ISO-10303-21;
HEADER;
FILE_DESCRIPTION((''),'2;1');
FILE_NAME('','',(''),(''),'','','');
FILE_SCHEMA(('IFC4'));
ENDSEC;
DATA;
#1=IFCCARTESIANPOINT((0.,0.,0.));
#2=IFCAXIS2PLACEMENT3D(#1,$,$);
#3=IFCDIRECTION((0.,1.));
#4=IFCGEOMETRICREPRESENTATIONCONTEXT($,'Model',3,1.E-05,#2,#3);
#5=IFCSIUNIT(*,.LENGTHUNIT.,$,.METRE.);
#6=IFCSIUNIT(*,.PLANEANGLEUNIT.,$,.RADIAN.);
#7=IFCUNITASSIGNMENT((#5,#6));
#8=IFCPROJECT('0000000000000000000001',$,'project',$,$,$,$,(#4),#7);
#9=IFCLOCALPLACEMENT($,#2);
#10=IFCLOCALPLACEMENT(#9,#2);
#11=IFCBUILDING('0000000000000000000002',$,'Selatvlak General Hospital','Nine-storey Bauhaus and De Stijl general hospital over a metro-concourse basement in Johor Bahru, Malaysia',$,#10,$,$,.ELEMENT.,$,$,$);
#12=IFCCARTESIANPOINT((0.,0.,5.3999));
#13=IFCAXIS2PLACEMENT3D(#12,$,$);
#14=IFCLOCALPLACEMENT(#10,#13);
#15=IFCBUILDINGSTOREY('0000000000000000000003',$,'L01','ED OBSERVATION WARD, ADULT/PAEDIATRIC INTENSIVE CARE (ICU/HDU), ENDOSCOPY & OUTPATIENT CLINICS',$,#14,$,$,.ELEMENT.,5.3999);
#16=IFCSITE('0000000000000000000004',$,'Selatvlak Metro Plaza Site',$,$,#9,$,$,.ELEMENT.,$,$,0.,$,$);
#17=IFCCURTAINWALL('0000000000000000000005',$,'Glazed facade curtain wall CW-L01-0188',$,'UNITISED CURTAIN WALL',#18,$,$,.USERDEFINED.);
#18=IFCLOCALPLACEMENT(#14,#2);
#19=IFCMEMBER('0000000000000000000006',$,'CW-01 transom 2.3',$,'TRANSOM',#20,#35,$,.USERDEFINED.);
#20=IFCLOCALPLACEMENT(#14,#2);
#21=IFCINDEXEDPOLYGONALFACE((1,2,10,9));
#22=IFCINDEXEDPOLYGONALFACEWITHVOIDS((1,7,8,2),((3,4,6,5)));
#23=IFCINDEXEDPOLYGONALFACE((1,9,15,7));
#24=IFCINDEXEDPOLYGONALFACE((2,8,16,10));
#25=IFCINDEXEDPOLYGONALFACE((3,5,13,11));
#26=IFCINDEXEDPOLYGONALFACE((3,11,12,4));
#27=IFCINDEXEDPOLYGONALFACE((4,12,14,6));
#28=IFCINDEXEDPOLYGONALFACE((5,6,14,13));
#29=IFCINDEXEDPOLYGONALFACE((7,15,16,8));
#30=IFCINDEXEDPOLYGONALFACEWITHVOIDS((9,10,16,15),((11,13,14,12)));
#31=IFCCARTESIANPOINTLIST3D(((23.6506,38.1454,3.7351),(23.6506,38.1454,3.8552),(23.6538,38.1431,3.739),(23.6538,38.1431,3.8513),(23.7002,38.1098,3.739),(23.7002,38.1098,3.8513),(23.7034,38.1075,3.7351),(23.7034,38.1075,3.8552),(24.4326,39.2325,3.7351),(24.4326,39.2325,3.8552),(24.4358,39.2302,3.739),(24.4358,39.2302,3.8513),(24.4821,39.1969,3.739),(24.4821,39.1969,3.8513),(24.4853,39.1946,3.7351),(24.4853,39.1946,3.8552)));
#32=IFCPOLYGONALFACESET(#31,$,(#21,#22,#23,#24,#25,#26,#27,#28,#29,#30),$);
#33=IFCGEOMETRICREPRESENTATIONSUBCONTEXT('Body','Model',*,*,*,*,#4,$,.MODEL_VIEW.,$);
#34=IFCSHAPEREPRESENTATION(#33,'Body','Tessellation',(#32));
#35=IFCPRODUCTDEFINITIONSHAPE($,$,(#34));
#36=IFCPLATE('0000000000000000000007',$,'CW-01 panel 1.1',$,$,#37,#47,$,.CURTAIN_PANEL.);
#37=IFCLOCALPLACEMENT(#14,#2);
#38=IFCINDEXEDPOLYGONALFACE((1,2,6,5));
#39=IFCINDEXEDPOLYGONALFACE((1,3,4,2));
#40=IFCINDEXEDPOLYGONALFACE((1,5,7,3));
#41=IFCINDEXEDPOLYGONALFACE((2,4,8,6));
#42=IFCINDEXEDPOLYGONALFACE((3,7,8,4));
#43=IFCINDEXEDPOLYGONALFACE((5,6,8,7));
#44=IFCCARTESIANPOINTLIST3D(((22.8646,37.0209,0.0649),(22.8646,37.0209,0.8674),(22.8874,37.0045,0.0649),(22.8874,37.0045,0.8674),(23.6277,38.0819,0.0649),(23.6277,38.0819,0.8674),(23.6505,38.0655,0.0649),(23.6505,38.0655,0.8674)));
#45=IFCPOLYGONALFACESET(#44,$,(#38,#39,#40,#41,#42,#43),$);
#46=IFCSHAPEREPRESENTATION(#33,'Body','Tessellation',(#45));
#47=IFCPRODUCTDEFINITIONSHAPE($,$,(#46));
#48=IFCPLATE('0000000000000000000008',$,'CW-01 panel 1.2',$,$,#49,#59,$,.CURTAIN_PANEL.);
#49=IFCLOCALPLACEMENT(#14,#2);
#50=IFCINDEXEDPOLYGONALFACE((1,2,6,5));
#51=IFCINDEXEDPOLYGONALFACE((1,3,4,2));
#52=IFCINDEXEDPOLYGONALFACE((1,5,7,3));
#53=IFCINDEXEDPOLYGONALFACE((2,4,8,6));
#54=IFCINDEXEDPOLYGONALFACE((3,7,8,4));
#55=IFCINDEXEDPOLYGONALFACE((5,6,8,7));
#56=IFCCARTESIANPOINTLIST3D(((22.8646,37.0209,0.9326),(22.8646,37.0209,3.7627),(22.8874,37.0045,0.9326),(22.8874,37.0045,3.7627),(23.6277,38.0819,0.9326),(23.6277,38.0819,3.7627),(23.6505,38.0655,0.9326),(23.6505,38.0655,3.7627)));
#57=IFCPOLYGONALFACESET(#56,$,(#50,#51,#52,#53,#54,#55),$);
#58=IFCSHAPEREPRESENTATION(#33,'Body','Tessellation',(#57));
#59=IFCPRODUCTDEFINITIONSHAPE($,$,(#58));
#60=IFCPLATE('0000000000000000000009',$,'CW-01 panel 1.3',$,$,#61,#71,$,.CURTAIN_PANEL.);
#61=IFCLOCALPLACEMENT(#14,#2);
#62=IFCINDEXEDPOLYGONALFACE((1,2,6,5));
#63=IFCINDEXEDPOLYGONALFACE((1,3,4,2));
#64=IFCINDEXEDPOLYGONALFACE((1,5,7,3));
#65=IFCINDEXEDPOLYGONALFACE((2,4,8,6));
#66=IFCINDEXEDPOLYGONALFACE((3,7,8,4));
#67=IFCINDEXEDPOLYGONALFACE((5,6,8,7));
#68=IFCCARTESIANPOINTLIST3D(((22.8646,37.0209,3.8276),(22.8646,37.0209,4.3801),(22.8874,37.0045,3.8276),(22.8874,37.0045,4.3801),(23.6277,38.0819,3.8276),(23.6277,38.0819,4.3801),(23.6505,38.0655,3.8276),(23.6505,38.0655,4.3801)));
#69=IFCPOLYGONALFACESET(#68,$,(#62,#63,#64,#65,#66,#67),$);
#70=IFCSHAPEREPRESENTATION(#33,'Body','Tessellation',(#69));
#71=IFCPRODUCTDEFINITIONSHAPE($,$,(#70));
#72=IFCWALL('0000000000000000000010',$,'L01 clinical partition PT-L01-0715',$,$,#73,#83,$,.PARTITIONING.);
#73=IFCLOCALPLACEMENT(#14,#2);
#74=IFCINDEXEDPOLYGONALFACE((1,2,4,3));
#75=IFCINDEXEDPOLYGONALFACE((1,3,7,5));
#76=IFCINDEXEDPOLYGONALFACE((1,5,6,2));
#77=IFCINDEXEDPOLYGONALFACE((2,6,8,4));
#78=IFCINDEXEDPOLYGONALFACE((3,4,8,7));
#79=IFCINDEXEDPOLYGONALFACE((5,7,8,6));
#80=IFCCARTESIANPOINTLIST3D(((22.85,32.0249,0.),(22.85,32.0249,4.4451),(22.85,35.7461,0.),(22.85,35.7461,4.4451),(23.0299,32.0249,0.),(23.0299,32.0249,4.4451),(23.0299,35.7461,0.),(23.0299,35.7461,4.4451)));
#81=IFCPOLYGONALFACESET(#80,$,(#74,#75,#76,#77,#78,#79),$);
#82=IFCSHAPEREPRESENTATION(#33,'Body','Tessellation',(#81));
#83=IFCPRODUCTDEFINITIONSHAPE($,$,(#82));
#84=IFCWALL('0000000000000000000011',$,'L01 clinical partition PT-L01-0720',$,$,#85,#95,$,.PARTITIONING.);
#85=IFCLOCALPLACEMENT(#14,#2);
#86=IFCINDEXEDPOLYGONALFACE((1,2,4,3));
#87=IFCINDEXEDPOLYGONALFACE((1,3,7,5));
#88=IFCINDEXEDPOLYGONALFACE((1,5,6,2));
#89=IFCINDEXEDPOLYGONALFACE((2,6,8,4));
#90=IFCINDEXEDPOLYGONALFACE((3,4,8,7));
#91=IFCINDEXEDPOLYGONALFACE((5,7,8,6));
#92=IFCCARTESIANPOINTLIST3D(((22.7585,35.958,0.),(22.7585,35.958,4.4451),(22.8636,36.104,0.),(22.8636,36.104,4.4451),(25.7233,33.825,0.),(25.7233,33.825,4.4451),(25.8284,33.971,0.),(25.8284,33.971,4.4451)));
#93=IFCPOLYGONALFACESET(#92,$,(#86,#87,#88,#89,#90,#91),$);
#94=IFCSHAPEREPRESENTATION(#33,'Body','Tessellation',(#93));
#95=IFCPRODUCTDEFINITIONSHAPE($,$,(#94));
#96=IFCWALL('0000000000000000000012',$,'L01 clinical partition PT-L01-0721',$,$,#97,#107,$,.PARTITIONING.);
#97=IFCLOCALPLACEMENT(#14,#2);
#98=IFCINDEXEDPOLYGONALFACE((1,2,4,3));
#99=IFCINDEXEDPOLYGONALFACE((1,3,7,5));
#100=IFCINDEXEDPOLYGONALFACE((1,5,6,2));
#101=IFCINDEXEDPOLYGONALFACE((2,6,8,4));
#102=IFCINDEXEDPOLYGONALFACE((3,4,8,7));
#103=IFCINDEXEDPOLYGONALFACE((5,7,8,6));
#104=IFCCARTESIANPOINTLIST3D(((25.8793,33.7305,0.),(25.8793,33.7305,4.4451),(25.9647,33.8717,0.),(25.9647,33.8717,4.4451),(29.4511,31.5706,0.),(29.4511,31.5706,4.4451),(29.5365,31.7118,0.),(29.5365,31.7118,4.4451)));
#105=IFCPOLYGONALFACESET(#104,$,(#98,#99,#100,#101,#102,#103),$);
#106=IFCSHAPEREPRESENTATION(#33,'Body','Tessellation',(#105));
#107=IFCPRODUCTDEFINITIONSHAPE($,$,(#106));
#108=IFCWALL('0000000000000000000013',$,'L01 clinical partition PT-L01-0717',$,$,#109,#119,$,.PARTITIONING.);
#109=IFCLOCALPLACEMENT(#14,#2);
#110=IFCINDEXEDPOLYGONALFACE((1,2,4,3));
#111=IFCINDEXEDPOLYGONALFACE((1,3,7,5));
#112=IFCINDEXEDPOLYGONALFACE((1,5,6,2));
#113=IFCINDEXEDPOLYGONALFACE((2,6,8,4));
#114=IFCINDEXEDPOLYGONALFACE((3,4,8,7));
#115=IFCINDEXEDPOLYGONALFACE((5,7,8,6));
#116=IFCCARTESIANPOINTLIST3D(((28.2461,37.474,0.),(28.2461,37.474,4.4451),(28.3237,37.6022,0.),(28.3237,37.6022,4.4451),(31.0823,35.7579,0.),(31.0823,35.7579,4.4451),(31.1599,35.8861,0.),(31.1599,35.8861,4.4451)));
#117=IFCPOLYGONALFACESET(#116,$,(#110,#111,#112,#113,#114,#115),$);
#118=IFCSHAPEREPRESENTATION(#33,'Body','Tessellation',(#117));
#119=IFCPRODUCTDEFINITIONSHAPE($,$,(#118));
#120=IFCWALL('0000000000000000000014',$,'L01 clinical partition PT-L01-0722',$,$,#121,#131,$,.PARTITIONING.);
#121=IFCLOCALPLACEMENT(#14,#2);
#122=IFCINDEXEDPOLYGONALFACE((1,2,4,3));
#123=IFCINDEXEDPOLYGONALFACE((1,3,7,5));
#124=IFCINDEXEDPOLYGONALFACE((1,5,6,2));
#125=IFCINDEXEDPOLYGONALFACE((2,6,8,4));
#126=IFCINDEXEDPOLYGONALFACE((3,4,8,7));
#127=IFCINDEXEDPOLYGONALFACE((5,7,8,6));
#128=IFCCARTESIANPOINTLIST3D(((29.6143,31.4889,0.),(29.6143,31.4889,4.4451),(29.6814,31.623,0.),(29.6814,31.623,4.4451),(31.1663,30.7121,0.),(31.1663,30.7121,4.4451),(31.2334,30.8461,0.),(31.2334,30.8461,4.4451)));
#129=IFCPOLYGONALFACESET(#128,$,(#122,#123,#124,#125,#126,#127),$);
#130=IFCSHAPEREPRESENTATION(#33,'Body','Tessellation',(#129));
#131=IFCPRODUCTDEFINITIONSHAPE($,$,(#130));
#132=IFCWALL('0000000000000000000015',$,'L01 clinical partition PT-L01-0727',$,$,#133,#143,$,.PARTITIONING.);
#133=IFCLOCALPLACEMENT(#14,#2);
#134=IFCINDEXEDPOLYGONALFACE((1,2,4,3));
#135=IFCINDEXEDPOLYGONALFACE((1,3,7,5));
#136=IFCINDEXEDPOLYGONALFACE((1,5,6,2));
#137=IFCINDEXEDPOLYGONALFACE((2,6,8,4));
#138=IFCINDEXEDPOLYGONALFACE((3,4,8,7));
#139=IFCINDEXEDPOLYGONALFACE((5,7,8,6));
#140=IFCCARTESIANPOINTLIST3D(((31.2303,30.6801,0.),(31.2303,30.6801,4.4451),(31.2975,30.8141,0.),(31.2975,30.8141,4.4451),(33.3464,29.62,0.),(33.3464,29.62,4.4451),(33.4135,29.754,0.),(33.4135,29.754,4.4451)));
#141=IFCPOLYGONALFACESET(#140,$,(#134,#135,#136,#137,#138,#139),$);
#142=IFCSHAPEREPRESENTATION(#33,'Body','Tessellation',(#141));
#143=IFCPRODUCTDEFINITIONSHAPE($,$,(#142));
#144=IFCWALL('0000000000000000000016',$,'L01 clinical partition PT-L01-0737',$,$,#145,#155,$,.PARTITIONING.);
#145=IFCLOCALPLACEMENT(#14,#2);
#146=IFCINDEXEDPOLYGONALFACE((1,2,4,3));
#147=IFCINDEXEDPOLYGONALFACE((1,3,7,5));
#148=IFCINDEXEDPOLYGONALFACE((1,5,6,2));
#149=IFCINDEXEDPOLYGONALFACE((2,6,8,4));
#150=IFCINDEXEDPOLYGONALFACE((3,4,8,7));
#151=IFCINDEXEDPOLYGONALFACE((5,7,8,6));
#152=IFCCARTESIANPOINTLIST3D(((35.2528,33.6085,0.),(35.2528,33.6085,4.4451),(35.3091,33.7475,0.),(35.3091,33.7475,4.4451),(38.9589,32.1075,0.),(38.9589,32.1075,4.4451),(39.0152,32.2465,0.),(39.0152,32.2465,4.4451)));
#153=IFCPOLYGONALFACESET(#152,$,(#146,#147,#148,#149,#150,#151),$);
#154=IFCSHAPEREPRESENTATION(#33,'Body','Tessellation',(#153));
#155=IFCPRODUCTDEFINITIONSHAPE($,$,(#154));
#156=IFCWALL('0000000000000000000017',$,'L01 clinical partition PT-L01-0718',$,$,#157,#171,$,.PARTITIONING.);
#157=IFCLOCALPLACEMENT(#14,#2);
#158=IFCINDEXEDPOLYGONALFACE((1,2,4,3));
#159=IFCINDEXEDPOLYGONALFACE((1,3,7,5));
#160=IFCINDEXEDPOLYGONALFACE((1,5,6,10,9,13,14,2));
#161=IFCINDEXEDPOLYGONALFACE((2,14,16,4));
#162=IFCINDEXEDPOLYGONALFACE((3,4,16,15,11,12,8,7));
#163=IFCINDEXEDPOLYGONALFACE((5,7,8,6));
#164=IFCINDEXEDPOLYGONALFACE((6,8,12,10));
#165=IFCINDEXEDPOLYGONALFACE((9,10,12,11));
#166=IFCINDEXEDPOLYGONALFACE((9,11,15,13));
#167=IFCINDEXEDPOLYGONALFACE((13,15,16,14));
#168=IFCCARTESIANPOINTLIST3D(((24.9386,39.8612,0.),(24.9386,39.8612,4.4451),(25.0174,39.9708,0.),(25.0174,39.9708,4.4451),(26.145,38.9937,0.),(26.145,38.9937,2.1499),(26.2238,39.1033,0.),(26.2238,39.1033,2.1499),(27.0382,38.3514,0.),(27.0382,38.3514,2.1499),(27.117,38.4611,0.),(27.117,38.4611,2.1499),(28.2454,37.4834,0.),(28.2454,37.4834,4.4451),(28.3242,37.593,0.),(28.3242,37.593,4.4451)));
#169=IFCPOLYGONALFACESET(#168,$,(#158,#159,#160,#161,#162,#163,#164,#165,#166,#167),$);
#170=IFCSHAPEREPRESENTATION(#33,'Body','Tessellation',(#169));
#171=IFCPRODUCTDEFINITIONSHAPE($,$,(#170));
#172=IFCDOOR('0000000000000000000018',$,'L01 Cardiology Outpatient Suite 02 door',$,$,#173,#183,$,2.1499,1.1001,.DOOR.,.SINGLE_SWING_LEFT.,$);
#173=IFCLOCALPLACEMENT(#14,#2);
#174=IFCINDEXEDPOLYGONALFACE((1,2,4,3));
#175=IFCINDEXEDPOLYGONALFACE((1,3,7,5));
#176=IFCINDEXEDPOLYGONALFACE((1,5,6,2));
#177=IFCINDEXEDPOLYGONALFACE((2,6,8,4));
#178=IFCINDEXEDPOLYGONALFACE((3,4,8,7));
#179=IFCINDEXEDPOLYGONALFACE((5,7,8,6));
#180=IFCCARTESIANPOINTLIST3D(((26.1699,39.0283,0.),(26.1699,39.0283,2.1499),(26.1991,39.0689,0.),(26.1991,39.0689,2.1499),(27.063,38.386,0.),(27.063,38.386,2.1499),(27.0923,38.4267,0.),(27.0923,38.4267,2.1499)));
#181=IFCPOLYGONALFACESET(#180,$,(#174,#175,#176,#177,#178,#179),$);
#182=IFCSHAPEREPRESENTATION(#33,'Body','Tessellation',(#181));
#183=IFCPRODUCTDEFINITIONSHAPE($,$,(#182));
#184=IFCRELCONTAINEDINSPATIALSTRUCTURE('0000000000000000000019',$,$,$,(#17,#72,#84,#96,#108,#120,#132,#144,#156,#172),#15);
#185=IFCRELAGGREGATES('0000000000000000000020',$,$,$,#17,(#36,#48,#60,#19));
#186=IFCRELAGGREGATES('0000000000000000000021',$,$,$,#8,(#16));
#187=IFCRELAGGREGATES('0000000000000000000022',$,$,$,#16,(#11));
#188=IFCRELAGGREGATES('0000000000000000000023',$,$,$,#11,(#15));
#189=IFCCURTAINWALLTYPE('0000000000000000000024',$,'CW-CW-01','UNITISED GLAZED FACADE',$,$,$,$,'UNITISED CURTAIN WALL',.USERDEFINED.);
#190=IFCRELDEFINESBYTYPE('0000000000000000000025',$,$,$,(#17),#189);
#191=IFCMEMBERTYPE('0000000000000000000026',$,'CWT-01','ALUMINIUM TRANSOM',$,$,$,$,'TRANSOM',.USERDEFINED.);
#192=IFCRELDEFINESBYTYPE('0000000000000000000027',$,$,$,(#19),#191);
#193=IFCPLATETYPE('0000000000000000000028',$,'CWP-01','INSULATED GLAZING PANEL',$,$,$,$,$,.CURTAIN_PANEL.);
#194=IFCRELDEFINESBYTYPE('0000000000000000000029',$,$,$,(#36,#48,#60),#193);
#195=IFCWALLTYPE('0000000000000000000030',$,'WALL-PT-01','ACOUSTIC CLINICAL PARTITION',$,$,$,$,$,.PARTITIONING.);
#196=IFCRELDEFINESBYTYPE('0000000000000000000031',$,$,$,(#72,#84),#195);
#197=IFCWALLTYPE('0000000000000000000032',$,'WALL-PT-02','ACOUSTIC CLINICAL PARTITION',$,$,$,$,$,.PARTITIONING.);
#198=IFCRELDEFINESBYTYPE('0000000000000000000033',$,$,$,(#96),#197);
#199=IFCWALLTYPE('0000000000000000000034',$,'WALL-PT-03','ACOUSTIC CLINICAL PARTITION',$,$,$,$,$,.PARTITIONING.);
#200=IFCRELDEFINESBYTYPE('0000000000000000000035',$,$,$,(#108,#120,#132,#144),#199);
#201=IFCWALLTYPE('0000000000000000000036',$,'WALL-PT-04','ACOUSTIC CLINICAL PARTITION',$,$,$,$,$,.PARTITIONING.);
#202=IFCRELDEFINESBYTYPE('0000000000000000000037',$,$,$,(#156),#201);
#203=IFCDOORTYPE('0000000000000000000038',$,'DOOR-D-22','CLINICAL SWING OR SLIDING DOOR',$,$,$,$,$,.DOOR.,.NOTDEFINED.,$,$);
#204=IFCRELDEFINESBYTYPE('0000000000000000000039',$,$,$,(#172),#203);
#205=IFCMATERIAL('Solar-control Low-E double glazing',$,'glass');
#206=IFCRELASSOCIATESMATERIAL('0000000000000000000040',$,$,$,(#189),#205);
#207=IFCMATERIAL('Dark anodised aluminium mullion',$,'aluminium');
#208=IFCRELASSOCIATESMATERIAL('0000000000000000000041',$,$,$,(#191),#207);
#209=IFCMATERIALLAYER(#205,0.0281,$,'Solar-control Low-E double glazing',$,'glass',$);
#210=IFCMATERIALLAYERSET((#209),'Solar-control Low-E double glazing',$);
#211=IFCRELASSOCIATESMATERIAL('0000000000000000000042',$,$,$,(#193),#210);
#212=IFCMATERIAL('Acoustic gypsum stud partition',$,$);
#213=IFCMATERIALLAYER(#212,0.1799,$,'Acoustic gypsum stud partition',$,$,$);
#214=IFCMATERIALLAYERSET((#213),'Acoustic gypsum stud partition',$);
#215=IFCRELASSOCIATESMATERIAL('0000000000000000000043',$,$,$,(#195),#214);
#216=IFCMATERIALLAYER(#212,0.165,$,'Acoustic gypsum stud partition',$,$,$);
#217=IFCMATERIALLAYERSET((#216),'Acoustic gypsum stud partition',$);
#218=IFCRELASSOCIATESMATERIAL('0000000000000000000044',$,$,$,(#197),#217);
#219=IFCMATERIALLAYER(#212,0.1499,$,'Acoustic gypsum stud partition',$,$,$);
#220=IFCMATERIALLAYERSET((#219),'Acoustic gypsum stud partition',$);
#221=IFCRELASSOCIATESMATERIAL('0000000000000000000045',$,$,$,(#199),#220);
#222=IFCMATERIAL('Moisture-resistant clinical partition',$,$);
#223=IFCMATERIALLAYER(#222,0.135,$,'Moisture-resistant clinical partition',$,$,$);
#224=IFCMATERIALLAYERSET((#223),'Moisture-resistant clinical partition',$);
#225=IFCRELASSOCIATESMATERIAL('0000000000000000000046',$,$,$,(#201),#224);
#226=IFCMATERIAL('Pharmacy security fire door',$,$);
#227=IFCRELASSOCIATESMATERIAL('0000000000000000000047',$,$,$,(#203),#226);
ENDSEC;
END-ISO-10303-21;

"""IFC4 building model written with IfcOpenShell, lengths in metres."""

from ifc_helpers import new_model, si_unit, direction, frame, frame_2d, origin, origin_2d, place, context, subcontext, project, spatial, rectangle, hollow_rectangle, extrude, material, layer, layer_set, material_profile, profile_set, type_object, element, fill, aggregate, save


model = new_model("IFC4")

# Units and contexts
model_context = context("Model", 3, precision=1e-05, world=origin(), true_north=direction((0.0, 1.0)))
body_context = subcontext(model_context, "Body", "Model", "MODEL_VIEW")
ifc_project = project(units=[si_unit("LENGTHUNIT", "METRE"), si_unit("PLANEANGLEUNIT", "RADIAN")], contexts=[model_context])

# Site, building, storey
site_placement = place(None, origin())
site = spatial("IfcSite", under=ifc_project, at=site_placement, Name="Selatvlak Metro Plaza Site", CompositionType="ELEMENT", RefElevation=0.0)
building_placement = place(site_placement, origin())
building = spatial("IfcBuilding", under=site, at=building_placement, Name="Selatvlak General Hospital", Description="Nine-storey Bauhaus and De Stijl general hospital over a metro-concourse basement in Johor Bahru, Malaysia", CompositionType="ELEMENT")
storey_placement = place(building_placement, frame((0.0, 0.0, 5.3999)))
storey = spatial("IfcBuildingStorey", under=building, at=storey_placement, Name="L01", Description="ED OBSERVATION WARD, ADULT/PAEDIATRIC INTENSIVE CARE (ICU/HDU), ENDOSCOPY & OUTPATIENT CLINICS", CompositionType="ELEMENT", Elevation=5.3999)

# Curtain wall, member, plates
ifc_material_1 = material(Name="Solar-control Low-E double glazing", Category="glass")
curtain_wall_type = type_object("IfcCurtainWallType", Name="CW-CW-01", Description="UNITISED GLAZED FACADE", ElementType="UNITISED CURTAIN WALL", PredefinedType="USERDEFINED", material=ifc_material_1)
curtain_wall_placement = place(storey_placement, origin())
curtain_wall = element("IfcCurtainWall", 1, at=curtain_wall_placement, inside=storey, type_object=curtain_wall_type, Name="Glazed facade curtain wall CW-L01-0188", ObjectType="UNITISED CURTAIN WALL", PredefinedType="USERDEFINED")
ifc_material_2 = material(Name="Dark anodised aluminium mullion", Category="aluminium")
ifc_material_profile_1 = material_profile(ifc_material_2, hollow_rectangle(XDim=0.0649, YDim=0.1201, WallThickness=0.0039, at=origin_2d()), Name="AL-TRN 65x120x4")
ifc_profile_set_1 = profile_set([ifc_material_profile_1], Name="Dark anodised aluminium mullion")
member_type_1 = type_object("IfcMemberType", Name="CWT-01", Description="ALUMINIUM TRANSOM", ElementType="TRANSOM", PredefinedType="USERDEFINED", material=ifc_profile_set_1)
member_1_placement = place(storey_placement, frame((23.677, 38.1265, 3.7952), z_axis=(0.583925, 0.811807, 0.0), x_axis=(-0.811807, 0.583925, 0.0)))
member_1 = element("IfcMember", 2, at=member_1_placement, type_object=member_type_1, Name="CW-01 transom 2.3", ObjectType="TRANSOM", PredefinedType="USERDEFINED", context=body_context, shape_type="SweptSolid", body=[
    extrude(hollow_rectangle(XDim=0.0649, YDim=0.1201, WallThickness=0.0039, at=origin_2d()), origin(), (0.0, 0.0, 1.0), 1.3391),
])
ifc_layer_1 = layer(ifc_material_1, 0.0281, Name="Solar-control Low-E double glazing", Category="glass")
ifc_layer_set_1 = layer_set([ifc_layer_1], Name="Solar-control Low-E double glazing")
plate_type = type_object("IfcPlateType", Name="CWP-01", Description="INSULATED GLAZING PANEL", PredefinedType="CURTAIN_PANEL", material=ifc_layer_set_1)
plate_1_placement = place(storey_placement, frame((23.2576, 37.5432, 0.0649), z_axis=(0.0, 0.0, 1.0), x_axis=(0.583929, 0.811804, 0.0)))
plate_1 = element("IfcPlate", 3, at=plate_1_placement, type_object=plate_type, Name="CW-01 panel 1.1", PredefinedType="CURTAIN_PANEL", context=body_context, shape_type="SweptSolid", body=[
    extrude(rectangle(XDim=1.3069, YDim=0.0281, at=origin_2d()), origin(), (0.0, 0.0, 1.0), 0.8025),
])
plate_2_placement = place(storey_placement, frame((23.2576, 37.5432, 0.9326), z_axis=(0.0, 0.0, 1.0), x_axis=(0.583929, 0.811804, 0.0)))
plate_2 = element("IfcPlate", 4, at=plate_2_placement, type_object=plate_type, Name="CW-01 panel 1.2", PredefinedType="CURTAIN_PANEL", context=body_context, shape_type="SweptSolid", body=[
    extrude(rectangle(XDim=1.3069, YDim=0.0281, at=origin_2d()), origin(), (0.0, 0.0, 1.0), 2.8301),
])
plate_3_placement = place(storey_placement, frame((23.2576, 37.5432, 3.8276), z_axis=(0.0, 0.0, 1.0), x_axis=(0.583929, 0.811804, 0.0)))
plate_3 = element("IfcPlate", 5, at=plate_3_placement, type_object=plate_type, Name="CW-01 panel 1.3", PredefinedType="CURTAIN_PANEL", context=body_context, shape_type="SweptSolid", body=[
    extrude(rectangle(XDim=1.3069, YDim=0.0281, at=origin_2d()), origin(), (0.0, 0.0, 1.0), 0.5525),
])
aggregate(curtain_wall, [plate_1, plate_2, plate_3, member_1])

# Walls
ifc_material_3 = material(Name="Acoustic gypsum stud partition")
ifc_layer_2 = layer(ifc_material_3, 0.1799, Name="Acoustic gypsum stud partition")
ifc_layer_set_2 = layer_set([ifc_layer_2], Name="Acoustic gypsum stud partition")
wall_type_1 = type_object("IfcWallType", Name="WALL-PT-01", Description="ACOUSTIC CLINICAL PARTITION", PredefinedType="PARTITIONING", material=ifc_layer_set_2)
wall_1_placement = place(storey_placement, frame((22.9399, 32.0249, 0.0), z_axis=(0.0, 0.0, 1.0), x_axis=(0.0, 1.0, 0.0)))
element("IfcWall", 6, at=wall_1_placement, inside=storey, type_object=wall_type_1, Name="L01 clinical partition PT-L01-0715", PredefinedType="PARTITIONING", context=body_context, shape_type="SweptSolid", body=[
    extrude(rectangle(XDim=3.7212, YDim=0.1799, at=frame_2d((1.8606, 0.0))), origin(), (0.0, 0.0, 1.0), 4.4451),
])
wall_2_placement = place(storey_placement, frame((22.811, 36.031, 0.0), z_axis=(0.0, 0.0, 1.0), x_axis=(0.811746, -0.584011, 0.0)))
element("IfcWall", 7, at=wall_2_placement, inside=storey, type_object=wall_type_1, Name="L01 clinical partition PT-L01-0720", PredefinedType="PARTITIONING", context=body_context, shape_type="SweptSolid", body=[
    extrude(rectangle(XDim=3.6523, YDim=0.1799, at=frame_2d((1.8262, 0.0))), origin(), (0.0, 0.0, 1.0), 4.4451),
])
ifc_layer_3 = layer(ifc_material_3, 0.165, Name="Acoustic gypsum stud partition")
ifc_layer_set_3 = layer_set([ifc_layer_3], Name="Acoustic gypsum stud partition")
wall_type_2 = type_object("IfcWallType", Name="WALL-PT-02", Description="ACOUSTIC CLINICAL PARTITION", PredefinedType="PARTITIONING", material=ifc_layer_set_3)
wall_3_placement = place(storey_placement, frame((25.9221, 33.801, 0.0), z_axis=(0.0, 0.0, 1.0), x_axis=(0.855707, -0.51746, 0.0)))
element("IfcWall", 8, at=wall_3_placement, inside=storey, type_object=wall_type_2, Name="L01 clinical partition PT-L01-0721", PredefinedType="PARTITIONING", context=body_context, shape_type="SweptSolid", body=[
    extrude(rectangle(XDim=4.1741, YDim=0.165, at=frame_2d((2.0869, 0.0))), origin(), (0.0, 0.0, 1.0), 4.4451),
])

# Walls
ifc_layer_4 = layer(ifc_material_3, 0.1499, Name="Acoustic gypsum stud partition")
ifc_layer_set_4 = layer_set([ifc_layer_4], Name="Acoustic gypsum stud partition")
wall_type_3 = type_object("IfcWallType", Name="WALL-PT-03", Description="ACOUSTIC CLINICAL PARTITION", PredefinedType="PARTITIONING", material=ifc_layer_set_4)
wall_4_placement = place(storey_placement, frame((31.1211, 35.822, 0.0), z_axis=(0.0, 0.0, 1.0), x_axis=(-0.855576, 0.517676, 0.0)))
element("IfcWall", 9, at=wall_4_placement, inside=storey, type_object=wall_type_3, Name="L01 clinical partition PT-L01-0717", PredefinedType="PARTITIONING", context=body_context, shape_type="SweptSolid", body=[
    extrude(rectangle(XDim=3.3149, YDim=0.1499, at=frame_2d((1.6575, 0.0))), origin(), (0.0, 0.0, 1.0), 4.4451),
])
wall_5_placement = place(storey_placement, frame((29.6479, 31.5559, 0.0), z_axis=(0.0, 0.0, 1.0), x_axis=(0.89423, -0.447607, 0.0)))
element("IfcWall", 10, at=wall_5_placement, inside=storey, type_object=wall_type_3, Name="L01 clinical partition PT-L01-0722", PredefinedType="PARTITIONING", context=body_context, shape_type="SweptSolid", body=[
    extrude(rectangle(XDim=1.7356, YDim=0.1499, at=frame_2d((0.8677, 0.0))), origin(), (0.0, 0.0, 1.0), 4.4451),
])
wall_6_placement = place(storey_placement, frame((31.2639, 30.7471, 0.0), z_axis=(0.0, 0.0, 1.0), x_axis=(0.894076, -0.447915, 0.0)))
element("IfcWall", 11, at=wall_6_placement, inside=storey, type_object=wall_type_3, Name="L01 clinical partition PT-L01-0727", PredefinedType="PARTITIONING", context=body_context, shape_type="SweptSolid", body=[
    extrude(rectangle(XDim=2.3667, YDim=0.1499, at=frame_2d((1.1833, 0.0))), origin(), (0.0, 0.0, 1.0), 4.4451),
])
wall_7_placement = place(storey_placement, frame((38.9871, 32.177, 0.0), z_axis=(0.0, 0.0, 1.0), x_axis=(-0.926868, 0.375388, 0.0)))
element("IfcWall", 12, at=wall_7_placement, inside=storey, type_object=wall_type_3, Name="L01 clinical partition PT-L01-0737", PredefinedType="PARTITIONING", context=body_context, shape_type="SweptSolid", body=[
    extrude(rectangle(XDim=3.9985, YDim=0.1499, at=frame_2d((1.9993, 0.0))), origin(), (0.0, 0.0, 1.0), 4.4451),
])

# Wall, opening, door
ifc_material_4 = material(Name="Moisture-resistant clinical partition")
ifc_layer_5 = layer(ifc_material_4, 0.135, Name="Moisture-resistant clinical partition")
ifc_layer_set_5 = layer_set([ifc_layer_5], Name="Moisture-resistant clinical partition")
wall_type_4 = type_object("IfcWallType", Name="WALL-PT-04", Description="ACOUSTIC CLINICAL PARTITION", PredefinedType="PARTITIONING", material=ifc_layer_set_5)
wall_8_placement = place(storey_placement, frame((28.2849, 37.5381, 0.0), z_axis=(0.0, 0.0, 1.0), x_axis=(-0.811887, 0.583815, 0.0)))
wall_8 = element("IfcWall", 13, at=wall_8_placement, inside=storey, type_object=wall_type_4, Name="L01 clinical partition PT-L01-0718", PredefinedType="PARTITIONING", context=body_context, shape_type="SweptSolid", body=[
    extrude(rectangle(XDim=4.073, YDim=0.135, at=frame_2d((2.0366, 0.0))), origin(), (0.0, 0.0, 1.0), 4.4451),
])
opening_1_placement = place(wall_8_placement, frame((1.4871, 0.0, 0.0)))
opening_1 = element("IfcOpeningElement", 14, at=opening_1_placement, cuts=wall_8, PredefinedType="OPENING", context=body_context, shape_type="SweptSolid", body=[
    extrude(rectangle(XDim=1.1001, YDim=2.1499, at=frame_2d((0.55, 1.075))), frame((0.0, 0.0774, 0.0), z_axis=(0.0, -1.0, 0.0), x_axis=(1.0, 0.0, 0.0)), (0.0, 0.0, 1.0), 0.155),
])
ifc_material_5 = material(Name="Pharmacy security fire door")
door_type_1 = type_object("IfcDoorType", Name="DOOR-D-22", Description="CLINICAL SWING OR SLIDING DOOR", OperationType="NOTDEFINED", PredefinedType="DOOR", material=ifc_material_5)
door_1_placement = place(opening_1_placement, origin())
door_1 = element("IfcDoor", 15, at=door_1_placement, inside=storey, type_object=door_type_1, Name="L01 Cardiology Outpatient Suite 02 door", OperationType="SINGLE_SWING_LEFT", OverallHeight=2.1499, OverallWidth=1.1001, PredefinedType="DOOR", context=body_context, shape_type="SweptSolid", body=[
    extrude(rectangle(XDim=1.1001, YDim=2.1499, at=frame_2d((0.55, 1.075))), frame((0.0, 0.0249, 0.0), z_axis=(0.0, -1.0, 0.0), x_axis=(1.0, 0.0, 0.0)), (0.0, 0.0, 1.0), 0.05),
])
fill(opening_1, door_1)

save(model, "model.ifc")
